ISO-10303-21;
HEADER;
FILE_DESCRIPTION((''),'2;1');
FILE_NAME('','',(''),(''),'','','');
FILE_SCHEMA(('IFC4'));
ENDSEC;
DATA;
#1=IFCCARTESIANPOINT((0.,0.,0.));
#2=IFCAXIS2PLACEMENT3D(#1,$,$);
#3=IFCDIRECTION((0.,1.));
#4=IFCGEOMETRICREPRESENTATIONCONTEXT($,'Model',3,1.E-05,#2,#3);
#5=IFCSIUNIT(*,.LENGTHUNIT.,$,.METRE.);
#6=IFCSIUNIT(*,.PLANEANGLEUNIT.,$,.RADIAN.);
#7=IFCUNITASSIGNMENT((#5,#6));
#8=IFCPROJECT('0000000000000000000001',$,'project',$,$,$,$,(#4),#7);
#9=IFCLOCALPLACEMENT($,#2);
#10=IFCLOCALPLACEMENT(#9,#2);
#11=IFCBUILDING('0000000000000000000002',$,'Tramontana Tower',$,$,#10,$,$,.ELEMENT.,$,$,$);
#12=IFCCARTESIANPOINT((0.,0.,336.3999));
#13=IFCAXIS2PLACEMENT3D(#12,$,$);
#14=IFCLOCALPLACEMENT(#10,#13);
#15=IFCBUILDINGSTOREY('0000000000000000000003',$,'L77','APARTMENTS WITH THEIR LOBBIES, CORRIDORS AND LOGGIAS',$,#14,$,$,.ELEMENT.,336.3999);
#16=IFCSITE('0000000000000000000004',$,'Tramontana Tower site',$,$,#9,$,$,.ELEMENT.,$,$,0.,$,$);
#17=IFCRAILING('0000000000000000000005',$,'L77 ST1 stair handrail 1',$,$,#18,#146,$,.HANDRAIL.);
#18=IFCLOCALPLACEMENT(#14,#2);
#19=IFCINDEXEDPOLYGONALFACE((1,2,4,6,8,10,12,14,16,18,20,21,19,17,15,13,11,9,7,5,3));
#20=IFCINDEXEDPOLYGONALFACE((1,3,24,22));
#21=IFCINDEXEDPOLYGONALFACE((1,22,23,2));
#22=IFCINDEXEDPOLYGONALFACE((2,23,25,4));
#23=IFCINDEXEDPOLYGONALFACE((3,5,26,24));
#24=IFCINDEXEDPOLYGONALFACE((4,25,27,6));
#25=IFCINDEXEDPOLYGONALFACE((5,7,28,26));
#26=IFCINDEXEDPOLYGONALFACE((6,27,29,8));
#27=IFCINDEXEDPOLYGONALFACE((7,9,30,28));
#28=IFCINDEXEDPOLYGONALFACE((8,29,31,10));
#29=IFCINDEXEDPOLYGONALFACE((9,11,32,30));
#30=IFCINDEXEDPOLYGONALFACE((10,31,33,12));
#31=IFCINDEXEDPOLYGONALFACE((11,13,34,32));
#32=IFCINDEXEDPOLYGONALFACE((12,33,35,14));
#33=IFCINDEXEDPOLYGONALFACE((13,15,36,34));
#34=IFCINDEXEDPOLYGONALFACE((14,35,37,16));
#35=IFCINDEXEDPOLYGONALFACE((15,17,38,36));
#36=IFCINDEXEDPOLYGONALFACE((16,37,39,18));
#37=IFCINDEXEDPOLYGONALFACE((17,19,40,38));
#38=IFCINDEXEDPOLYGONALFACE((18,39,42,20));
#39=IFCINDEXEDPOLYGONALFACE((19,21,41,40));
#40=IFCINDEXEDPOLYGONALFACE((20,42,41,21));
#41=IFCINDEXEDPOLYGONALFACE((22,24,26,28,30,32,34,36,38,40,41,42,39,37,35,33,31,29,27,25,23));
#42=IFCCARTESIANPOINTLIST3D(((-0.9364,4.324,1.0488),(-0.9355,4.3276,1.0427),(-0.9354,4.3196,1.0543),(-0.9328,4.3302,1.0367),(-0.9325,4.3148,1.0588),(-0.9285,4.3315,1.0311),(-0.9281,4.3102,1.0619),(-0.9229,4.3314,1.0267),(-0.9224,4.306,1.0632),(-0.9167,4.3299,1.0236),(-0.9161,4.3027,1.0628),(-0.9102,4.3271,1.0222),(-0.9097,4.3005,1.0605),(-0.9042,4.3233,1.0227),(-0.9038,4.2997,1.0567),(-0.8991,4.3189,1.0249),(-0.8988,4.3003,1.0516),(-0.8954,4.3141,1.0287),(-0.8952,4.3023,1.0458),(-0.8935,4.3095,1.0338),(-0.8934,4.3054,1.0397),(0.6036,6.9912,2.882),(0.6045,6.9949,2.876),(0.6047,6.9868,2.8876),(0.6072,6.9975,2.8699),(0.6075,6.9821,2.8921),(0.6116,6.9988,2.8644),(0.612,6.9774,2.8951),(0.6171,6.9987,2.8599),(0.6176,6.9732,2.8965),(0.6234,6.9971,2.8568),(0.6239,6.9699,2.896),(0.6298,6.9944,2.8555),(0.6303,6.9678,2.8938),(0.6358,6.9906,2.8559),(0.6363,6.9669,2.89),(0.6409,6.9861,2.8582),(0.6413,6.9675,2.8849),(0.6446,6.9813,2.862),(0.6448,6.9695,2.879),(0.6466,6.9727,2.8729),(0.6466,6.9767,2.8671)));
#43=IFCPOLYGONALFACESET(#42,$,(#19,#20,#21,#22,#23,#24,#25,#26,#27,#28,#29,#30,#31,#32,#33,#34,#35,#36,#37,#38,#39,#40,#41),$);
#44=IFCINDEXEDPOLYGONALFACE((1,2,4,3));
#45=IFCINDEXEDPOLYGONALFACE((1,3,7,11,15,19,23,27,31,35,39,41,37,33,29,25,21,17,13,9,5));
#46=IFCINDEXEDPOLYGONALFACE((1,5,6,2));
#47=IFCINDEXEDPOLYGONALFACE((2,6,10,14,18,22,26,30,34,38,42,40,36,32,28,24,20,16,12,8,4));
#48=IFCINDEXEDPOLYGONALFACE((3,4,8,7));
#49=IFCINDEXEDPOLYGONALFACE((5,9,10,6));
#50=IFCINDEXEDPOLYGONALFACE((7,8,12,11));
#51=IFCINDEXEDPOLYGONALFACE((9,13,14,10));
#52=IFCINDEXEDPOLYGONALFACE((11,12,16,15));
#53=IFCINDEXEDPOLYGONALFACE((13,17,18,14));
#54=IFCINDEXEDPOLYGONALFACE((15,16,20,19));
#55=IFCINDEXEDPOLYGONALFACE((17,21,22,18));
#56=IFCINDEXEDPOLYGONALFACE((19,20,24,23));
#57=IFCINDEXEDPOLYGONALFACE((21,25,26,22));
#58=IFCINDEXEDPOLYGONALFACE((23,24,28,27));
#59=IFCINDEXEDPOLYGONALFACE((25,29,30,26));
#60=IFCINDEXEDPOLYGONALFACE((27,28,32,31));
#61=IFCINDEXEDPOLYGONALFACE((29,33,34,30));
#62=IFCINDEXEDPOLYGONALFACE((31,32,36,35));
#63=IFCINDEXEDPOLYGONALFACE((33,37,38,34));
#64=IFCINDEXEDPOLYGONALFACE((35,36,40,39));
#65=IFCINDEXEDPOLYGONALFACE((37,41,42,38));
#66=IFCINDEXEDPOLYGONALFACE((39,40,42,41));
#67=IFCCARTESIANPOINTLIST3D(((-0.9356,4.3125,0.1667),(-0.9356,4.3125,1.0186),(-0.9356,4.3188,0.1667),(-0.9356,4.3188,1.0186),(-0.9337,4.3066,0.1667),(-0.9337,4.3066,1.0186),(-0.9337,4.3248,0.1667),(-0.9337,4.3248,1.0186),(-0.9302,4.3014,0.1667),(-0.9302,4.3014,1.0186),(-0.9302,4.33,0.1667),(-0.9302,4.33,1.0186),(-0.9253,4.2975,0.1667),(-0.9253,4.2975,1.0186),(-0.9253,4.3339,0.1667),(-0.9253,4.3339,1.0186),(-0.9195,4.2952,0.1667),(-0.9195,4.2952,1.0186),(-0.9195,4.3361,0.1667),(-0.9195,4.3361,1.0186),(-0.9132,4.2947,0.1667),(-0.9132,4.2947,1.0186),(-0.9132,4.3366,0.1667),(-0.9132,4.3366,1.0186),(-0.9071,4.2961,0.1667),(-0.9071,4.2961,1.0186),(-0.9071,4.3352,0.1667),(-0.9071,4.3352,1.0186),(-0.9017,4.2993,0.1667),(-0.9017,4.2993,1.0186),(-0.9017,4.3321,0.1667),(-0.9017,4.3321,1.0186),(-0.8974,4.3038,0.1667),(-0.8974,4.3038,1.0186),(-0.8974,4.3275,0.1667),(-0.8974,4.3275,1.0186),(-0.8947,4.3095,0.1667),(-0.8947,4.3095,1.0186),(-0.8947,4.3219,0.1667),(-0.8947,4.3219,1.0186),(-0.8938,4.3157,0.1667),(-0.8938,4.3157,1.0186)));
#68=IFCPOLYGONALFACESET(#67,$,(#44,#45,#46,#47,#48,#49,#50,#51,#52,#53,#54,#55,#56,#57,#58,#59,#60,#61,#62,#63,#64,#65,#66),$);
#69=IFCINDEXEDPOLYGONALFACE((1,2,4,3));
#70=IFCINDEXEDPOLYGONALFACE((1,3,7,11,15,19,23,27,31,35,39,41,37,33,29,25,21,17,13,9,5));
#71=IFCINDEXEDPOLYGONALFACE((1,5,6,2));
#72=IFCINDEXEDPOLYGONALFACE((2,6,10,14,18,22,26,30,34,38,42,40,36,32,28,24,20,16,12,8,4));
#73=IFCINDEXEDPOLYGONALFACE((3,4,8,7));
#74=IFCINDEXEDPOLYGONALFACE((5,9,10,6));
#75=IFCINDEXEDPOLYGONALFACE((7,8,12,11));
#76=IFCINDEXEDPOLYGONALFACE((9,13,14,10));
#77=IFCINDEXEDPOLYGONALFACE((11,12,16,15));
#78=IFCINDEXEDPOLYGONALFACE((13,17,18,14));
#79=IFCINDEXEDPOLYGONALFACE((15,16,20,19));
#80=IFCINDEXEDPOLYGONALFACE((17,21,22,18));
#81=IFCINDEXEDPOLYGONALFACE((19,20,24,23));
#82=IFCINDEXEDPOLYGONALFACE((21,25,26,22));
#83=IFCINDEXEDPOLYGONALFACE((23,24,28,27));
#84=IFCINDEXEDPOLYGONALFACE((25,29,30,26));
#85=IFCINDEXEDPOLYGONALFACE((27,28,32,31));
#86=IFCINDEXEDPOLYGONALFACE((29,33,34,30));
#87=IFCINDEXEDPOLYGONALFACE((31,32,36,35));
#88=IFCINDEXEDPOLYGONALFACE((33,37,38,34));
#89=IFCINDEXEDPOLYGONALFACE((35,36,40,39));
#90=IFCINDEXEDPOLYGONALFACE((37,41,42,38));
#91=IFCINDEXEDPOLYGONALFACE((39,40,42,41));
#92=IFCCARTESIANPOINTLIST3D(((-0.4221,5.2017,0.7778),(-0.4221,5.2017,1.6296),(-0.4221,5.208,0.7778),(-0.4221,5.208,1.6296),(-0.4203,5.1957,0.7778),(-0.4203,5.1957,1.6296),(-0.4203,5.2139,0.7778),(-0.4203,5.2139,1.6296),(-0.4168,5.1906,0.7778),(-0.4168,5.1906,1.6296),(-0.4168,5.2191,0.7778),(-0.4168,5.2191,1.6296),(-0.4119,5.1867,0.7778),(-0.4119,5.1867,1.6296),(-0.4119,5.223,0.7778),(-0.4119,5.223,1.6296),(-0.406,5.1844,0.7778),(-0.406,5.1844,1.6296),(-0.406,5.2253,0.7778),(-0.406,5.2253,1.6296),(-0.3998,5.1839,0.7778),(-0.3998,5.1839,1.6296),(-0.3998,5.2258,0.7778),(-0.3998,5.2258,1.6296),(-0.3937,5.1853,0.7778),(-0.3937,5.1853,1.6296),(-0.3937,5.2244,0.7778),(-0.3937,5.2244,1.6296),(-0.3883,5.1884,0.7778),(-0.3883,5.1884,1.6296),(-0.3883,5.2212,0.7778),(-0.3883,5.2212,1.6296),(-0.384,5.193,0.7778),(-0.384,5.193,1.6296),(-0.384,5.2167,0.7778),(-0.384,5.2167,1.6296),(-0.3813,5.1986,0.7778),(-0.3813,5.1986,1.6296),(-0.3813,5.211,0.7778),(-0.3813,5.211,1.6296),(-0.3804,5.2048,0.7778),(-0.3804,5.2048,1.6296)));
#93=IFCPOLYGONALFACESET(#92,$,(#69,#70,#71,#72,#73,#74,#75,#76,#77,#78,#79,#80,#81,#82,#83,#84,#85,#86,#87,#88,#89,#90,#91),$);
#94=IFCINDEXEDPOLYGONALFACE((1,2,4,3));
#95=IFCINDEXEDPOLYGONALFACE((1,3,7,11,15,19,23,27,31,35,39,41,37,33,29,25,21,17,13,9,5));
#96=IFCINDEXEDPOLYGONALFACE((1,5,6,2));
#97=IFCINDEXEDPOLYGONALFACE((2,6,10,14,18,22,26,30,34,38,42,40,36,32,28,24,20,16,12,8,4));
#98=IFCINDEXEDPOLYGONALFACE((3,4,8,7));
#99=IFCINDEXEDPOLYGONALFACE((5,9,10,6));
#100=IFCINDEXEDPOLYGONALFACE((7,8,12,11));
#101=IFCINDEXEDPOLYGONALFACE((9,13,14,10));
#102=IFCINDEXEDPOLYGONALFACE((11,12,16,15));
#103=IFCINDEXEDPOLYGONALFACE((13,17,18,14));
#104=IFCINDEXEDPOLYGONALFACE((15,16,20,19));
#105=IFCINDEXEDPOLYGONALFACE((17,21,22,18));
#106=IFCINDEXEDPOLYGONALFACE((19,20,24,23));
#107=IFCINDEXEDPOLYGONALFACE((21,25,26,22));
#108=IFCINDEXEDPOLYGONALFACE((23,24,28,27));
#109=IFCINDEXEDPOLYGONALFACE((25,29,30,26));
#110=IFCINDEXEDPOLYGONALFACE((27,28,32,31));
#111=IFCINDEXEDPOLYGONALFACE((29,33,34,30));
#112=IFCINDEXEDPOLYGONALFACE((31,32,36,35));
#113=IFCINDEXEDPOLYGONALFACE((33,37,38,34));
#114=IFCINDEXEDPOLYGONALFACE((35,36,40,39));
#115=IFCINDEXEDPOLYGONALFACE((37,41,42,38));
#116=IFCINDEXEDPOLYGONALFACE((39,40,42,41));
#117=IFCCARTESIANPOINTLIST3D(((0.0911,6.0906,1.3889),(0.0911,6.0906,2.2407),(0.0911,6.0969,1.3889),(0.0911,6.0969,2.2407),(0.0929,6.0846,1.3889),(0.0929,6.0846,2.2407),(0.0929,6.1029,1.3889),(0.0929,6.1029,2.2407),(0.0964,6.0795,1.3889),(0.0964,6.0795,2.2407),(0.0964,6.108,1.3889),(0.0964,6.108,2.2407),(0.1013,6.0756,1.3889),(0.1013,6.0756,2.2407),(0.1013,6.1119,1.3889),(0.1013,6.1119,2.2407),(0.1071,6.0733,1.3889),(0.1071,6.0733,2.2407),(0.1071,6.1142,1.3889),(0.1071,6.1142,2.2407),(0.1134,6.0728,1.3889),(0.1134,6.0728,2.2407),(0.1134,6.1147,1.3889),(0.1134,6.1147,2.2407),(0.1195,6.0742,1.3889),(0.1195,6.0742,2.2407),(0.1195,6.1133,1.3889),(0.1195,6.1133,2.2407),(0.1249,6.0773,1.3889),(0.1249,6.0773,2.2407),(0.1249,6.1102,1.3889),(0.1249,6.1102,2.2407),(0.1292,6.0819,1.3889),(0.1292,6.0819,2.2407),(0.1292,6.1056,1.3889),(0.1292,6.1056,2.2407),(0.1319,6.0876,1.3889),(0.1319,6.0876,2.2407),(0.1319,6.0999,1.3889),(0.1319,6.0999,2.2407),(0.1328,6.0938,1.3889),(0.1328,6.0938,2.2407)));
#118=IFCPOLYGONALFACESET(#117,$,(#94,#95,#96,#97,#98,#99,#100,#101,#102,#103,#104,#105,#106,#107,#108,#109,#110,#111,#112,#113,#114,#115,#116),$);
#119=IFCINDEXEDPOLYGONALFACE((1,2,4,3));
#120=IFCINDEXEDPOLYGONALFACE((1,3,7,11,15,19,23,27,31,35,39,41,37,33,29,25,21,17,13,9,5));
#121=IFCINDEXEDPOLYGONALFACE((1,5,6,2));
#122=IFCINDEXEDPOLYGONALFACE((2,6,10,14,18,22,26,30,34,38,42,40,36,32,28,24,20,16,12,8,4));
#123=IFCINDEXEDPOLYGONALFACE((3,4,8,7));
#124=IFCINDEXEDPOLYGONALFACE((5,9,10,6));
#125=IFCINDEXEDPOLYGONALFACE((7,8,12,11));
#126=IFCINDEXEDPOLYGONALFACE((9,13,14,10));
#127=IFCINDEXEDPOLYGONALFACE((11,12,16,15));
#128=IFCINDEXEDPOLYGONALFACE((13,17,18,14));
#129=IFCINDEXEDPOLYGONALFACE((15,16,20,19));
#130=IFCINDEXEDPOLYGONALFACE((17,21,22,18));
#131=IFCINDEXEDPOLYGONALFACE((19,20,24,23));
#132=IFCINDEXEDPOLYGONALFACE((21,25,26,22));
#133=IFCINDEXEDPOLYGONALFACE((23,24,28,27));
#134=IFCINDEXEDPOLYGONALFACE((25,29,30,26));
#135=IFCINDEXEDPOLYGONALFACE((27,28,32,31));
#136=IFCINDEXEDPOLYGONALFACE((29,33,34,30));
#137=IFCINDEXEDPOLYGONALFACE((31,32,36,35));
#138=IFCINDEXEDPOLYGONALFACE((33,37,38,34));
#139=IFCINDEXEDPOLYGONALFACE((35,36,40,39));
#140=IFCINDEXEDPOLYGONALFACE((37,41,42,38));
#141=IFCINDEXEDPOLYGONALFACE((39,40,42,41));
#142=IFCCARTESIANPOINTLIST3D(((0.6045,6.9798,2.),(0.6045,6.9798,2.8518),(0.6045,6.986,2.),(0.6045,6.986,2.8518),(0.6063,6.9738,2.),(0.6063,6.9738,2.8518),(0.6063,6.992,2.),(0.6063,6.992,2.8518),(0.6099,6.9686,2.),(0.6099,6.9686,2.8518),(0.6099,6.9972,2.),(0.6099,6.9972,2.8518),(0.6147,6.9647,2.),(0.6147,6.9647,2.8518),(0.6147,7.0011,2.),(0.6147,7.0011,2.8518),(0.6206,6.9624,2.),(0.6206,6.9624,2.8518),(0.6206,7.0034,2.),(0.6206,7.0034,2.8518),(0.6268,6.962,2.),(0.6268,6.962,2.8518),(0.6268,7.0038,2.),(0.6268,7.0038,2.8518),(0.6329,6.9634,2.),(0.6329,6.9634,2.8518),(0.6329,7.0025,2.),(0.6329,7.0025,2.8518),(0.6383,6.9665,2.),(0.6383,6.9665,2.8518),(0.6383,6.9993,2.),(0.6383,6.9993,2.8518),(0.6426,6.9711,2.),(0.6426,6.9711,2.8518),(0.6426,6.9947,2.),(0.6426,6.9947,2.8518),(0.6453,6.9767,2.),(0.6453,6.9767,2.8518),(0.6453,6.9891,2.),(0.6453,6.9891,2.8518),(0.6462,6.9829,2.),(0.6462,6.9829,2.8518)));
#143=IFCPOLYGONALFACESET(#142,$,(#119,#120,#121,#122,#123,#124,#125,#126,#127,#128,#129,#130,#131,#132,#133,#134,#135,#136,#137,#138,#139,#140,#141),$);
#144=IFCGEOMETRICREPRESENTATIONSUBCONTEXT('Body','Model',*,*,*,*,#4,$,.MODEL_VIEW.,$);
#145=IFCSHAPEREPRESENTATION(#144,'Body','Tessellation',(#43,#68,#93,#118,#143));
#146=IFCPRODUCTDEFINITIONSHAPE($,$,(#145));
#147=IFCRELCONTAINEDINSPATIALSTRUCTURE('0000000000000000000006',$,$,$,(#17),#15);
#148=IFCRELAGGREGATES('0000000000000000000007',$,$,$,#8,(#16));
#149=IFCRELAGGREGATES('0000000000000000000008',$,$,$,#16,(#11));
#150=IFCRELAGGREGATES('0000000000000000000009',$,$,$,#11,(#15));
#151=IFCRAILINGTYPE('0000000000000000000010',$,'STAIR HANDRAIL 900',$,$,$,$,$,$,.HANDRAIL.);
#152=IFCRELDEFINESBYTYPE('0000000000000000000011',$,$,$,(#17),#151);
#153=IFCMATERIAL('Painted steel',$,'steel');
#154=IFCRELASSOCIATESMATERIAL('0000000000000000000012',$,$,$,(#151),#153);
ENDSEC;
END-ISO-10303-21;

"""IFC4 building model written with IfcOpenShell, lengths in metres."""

from ifc_helpers import new_model, si_unit, direction, frame, origin, origin_2d, place, context, subcontext, project, spatial, circle, extrude, material, type_object, element, save


model = new_model("IFC4")

# Units and contexts
model_context = context("Model", 3, precision=1e-05, world=origin(), true_north=direction((0.0, 1.0)))
body_context = subcontext(model_context, "Body", "Model", "MODEL_VIEW")
ifc_project = project(units=[si_unit("LENGTHUNIT", "METRE"), si_unit("PLANEANGLEUNIT", "RADIAN")], contexts=[model_context])

# Site, building, storey
site_placement = place(None, origin())
site = spatial("IfcSite", under=ifc_project, at=site_placement, Name="Tramontana Tower site", CompositionType="ELEMENT", RefElevation=0.0)
building_placement = place(site_placement, origin())
building = spatial("IfcBuilding", under=site, at=building_placement, Name="Tramontana Tower", CompositionType="ELEMENT")
storey_placement = place(building_placement, frame((0.0, 0.0, 336.3999)))
storey = spatial("IfcBuildingStorey", under=building, at=storey_placement, Name="L77", Description="APARTMENTS WITH THEIR LOBBIES, CORRIDORS AND LOGGIAS", CompositionType="ELEMENT", Elevation=336.3999)

# Railing
ifc_material_1 = material(Name="Painted steel", Category="steel")
railing_type_1 = type_object("IfcRailingType", Name="STAIR HANDRAIL 900", PredefinedType="HANDRAIL", material=ifc_material_1)
railing_1_placement = place(storey_placement, frame((-0.9148, 4.3157, 0.1667)))
element("IfcRailing", 1, at=railing_1_placement, inside=storey, type_object=railing_type_1, Name="L77 ST1 stair handrail 1", PredefinedType="HANDRAIL", context=body_context, shape_type="SweptSolid", body=[
    extrude(circle(Radius=0.0239, at=origin_2d()), frame((0.0, 0.0, 0.876), z_axis=(0.429671, 0.744159, 0.511478), x_axis=(-0.86601, 0.500027, 0.0)), (0.0, 0.0, 1.0), 3.5842),
    extrude(circle(Radius=0.021, at=origin_2d()), origin(), (0.0, 0.0, 1.0), 0.8518),
    extrude(circle(Radius=0.021, at=origin_2d()), frame((0.5134, 0.8892, 0.6111)), (0.0, 0.0, 1.0), 0.8518),
    extrude(circle(Radius=0.021, at=origin_2d()), frame((1.0266, 1.7781, 1.2222)), (0.0, 0.0, 1.0), 0.8518),
    extrude(circle(Radius=0.021, at=origin_2d()), frame((1.54, 2.6672, 1.8333)), (0.0, 0.0, 1.0), 0.8518),
])

save(model, "model.ifc")
